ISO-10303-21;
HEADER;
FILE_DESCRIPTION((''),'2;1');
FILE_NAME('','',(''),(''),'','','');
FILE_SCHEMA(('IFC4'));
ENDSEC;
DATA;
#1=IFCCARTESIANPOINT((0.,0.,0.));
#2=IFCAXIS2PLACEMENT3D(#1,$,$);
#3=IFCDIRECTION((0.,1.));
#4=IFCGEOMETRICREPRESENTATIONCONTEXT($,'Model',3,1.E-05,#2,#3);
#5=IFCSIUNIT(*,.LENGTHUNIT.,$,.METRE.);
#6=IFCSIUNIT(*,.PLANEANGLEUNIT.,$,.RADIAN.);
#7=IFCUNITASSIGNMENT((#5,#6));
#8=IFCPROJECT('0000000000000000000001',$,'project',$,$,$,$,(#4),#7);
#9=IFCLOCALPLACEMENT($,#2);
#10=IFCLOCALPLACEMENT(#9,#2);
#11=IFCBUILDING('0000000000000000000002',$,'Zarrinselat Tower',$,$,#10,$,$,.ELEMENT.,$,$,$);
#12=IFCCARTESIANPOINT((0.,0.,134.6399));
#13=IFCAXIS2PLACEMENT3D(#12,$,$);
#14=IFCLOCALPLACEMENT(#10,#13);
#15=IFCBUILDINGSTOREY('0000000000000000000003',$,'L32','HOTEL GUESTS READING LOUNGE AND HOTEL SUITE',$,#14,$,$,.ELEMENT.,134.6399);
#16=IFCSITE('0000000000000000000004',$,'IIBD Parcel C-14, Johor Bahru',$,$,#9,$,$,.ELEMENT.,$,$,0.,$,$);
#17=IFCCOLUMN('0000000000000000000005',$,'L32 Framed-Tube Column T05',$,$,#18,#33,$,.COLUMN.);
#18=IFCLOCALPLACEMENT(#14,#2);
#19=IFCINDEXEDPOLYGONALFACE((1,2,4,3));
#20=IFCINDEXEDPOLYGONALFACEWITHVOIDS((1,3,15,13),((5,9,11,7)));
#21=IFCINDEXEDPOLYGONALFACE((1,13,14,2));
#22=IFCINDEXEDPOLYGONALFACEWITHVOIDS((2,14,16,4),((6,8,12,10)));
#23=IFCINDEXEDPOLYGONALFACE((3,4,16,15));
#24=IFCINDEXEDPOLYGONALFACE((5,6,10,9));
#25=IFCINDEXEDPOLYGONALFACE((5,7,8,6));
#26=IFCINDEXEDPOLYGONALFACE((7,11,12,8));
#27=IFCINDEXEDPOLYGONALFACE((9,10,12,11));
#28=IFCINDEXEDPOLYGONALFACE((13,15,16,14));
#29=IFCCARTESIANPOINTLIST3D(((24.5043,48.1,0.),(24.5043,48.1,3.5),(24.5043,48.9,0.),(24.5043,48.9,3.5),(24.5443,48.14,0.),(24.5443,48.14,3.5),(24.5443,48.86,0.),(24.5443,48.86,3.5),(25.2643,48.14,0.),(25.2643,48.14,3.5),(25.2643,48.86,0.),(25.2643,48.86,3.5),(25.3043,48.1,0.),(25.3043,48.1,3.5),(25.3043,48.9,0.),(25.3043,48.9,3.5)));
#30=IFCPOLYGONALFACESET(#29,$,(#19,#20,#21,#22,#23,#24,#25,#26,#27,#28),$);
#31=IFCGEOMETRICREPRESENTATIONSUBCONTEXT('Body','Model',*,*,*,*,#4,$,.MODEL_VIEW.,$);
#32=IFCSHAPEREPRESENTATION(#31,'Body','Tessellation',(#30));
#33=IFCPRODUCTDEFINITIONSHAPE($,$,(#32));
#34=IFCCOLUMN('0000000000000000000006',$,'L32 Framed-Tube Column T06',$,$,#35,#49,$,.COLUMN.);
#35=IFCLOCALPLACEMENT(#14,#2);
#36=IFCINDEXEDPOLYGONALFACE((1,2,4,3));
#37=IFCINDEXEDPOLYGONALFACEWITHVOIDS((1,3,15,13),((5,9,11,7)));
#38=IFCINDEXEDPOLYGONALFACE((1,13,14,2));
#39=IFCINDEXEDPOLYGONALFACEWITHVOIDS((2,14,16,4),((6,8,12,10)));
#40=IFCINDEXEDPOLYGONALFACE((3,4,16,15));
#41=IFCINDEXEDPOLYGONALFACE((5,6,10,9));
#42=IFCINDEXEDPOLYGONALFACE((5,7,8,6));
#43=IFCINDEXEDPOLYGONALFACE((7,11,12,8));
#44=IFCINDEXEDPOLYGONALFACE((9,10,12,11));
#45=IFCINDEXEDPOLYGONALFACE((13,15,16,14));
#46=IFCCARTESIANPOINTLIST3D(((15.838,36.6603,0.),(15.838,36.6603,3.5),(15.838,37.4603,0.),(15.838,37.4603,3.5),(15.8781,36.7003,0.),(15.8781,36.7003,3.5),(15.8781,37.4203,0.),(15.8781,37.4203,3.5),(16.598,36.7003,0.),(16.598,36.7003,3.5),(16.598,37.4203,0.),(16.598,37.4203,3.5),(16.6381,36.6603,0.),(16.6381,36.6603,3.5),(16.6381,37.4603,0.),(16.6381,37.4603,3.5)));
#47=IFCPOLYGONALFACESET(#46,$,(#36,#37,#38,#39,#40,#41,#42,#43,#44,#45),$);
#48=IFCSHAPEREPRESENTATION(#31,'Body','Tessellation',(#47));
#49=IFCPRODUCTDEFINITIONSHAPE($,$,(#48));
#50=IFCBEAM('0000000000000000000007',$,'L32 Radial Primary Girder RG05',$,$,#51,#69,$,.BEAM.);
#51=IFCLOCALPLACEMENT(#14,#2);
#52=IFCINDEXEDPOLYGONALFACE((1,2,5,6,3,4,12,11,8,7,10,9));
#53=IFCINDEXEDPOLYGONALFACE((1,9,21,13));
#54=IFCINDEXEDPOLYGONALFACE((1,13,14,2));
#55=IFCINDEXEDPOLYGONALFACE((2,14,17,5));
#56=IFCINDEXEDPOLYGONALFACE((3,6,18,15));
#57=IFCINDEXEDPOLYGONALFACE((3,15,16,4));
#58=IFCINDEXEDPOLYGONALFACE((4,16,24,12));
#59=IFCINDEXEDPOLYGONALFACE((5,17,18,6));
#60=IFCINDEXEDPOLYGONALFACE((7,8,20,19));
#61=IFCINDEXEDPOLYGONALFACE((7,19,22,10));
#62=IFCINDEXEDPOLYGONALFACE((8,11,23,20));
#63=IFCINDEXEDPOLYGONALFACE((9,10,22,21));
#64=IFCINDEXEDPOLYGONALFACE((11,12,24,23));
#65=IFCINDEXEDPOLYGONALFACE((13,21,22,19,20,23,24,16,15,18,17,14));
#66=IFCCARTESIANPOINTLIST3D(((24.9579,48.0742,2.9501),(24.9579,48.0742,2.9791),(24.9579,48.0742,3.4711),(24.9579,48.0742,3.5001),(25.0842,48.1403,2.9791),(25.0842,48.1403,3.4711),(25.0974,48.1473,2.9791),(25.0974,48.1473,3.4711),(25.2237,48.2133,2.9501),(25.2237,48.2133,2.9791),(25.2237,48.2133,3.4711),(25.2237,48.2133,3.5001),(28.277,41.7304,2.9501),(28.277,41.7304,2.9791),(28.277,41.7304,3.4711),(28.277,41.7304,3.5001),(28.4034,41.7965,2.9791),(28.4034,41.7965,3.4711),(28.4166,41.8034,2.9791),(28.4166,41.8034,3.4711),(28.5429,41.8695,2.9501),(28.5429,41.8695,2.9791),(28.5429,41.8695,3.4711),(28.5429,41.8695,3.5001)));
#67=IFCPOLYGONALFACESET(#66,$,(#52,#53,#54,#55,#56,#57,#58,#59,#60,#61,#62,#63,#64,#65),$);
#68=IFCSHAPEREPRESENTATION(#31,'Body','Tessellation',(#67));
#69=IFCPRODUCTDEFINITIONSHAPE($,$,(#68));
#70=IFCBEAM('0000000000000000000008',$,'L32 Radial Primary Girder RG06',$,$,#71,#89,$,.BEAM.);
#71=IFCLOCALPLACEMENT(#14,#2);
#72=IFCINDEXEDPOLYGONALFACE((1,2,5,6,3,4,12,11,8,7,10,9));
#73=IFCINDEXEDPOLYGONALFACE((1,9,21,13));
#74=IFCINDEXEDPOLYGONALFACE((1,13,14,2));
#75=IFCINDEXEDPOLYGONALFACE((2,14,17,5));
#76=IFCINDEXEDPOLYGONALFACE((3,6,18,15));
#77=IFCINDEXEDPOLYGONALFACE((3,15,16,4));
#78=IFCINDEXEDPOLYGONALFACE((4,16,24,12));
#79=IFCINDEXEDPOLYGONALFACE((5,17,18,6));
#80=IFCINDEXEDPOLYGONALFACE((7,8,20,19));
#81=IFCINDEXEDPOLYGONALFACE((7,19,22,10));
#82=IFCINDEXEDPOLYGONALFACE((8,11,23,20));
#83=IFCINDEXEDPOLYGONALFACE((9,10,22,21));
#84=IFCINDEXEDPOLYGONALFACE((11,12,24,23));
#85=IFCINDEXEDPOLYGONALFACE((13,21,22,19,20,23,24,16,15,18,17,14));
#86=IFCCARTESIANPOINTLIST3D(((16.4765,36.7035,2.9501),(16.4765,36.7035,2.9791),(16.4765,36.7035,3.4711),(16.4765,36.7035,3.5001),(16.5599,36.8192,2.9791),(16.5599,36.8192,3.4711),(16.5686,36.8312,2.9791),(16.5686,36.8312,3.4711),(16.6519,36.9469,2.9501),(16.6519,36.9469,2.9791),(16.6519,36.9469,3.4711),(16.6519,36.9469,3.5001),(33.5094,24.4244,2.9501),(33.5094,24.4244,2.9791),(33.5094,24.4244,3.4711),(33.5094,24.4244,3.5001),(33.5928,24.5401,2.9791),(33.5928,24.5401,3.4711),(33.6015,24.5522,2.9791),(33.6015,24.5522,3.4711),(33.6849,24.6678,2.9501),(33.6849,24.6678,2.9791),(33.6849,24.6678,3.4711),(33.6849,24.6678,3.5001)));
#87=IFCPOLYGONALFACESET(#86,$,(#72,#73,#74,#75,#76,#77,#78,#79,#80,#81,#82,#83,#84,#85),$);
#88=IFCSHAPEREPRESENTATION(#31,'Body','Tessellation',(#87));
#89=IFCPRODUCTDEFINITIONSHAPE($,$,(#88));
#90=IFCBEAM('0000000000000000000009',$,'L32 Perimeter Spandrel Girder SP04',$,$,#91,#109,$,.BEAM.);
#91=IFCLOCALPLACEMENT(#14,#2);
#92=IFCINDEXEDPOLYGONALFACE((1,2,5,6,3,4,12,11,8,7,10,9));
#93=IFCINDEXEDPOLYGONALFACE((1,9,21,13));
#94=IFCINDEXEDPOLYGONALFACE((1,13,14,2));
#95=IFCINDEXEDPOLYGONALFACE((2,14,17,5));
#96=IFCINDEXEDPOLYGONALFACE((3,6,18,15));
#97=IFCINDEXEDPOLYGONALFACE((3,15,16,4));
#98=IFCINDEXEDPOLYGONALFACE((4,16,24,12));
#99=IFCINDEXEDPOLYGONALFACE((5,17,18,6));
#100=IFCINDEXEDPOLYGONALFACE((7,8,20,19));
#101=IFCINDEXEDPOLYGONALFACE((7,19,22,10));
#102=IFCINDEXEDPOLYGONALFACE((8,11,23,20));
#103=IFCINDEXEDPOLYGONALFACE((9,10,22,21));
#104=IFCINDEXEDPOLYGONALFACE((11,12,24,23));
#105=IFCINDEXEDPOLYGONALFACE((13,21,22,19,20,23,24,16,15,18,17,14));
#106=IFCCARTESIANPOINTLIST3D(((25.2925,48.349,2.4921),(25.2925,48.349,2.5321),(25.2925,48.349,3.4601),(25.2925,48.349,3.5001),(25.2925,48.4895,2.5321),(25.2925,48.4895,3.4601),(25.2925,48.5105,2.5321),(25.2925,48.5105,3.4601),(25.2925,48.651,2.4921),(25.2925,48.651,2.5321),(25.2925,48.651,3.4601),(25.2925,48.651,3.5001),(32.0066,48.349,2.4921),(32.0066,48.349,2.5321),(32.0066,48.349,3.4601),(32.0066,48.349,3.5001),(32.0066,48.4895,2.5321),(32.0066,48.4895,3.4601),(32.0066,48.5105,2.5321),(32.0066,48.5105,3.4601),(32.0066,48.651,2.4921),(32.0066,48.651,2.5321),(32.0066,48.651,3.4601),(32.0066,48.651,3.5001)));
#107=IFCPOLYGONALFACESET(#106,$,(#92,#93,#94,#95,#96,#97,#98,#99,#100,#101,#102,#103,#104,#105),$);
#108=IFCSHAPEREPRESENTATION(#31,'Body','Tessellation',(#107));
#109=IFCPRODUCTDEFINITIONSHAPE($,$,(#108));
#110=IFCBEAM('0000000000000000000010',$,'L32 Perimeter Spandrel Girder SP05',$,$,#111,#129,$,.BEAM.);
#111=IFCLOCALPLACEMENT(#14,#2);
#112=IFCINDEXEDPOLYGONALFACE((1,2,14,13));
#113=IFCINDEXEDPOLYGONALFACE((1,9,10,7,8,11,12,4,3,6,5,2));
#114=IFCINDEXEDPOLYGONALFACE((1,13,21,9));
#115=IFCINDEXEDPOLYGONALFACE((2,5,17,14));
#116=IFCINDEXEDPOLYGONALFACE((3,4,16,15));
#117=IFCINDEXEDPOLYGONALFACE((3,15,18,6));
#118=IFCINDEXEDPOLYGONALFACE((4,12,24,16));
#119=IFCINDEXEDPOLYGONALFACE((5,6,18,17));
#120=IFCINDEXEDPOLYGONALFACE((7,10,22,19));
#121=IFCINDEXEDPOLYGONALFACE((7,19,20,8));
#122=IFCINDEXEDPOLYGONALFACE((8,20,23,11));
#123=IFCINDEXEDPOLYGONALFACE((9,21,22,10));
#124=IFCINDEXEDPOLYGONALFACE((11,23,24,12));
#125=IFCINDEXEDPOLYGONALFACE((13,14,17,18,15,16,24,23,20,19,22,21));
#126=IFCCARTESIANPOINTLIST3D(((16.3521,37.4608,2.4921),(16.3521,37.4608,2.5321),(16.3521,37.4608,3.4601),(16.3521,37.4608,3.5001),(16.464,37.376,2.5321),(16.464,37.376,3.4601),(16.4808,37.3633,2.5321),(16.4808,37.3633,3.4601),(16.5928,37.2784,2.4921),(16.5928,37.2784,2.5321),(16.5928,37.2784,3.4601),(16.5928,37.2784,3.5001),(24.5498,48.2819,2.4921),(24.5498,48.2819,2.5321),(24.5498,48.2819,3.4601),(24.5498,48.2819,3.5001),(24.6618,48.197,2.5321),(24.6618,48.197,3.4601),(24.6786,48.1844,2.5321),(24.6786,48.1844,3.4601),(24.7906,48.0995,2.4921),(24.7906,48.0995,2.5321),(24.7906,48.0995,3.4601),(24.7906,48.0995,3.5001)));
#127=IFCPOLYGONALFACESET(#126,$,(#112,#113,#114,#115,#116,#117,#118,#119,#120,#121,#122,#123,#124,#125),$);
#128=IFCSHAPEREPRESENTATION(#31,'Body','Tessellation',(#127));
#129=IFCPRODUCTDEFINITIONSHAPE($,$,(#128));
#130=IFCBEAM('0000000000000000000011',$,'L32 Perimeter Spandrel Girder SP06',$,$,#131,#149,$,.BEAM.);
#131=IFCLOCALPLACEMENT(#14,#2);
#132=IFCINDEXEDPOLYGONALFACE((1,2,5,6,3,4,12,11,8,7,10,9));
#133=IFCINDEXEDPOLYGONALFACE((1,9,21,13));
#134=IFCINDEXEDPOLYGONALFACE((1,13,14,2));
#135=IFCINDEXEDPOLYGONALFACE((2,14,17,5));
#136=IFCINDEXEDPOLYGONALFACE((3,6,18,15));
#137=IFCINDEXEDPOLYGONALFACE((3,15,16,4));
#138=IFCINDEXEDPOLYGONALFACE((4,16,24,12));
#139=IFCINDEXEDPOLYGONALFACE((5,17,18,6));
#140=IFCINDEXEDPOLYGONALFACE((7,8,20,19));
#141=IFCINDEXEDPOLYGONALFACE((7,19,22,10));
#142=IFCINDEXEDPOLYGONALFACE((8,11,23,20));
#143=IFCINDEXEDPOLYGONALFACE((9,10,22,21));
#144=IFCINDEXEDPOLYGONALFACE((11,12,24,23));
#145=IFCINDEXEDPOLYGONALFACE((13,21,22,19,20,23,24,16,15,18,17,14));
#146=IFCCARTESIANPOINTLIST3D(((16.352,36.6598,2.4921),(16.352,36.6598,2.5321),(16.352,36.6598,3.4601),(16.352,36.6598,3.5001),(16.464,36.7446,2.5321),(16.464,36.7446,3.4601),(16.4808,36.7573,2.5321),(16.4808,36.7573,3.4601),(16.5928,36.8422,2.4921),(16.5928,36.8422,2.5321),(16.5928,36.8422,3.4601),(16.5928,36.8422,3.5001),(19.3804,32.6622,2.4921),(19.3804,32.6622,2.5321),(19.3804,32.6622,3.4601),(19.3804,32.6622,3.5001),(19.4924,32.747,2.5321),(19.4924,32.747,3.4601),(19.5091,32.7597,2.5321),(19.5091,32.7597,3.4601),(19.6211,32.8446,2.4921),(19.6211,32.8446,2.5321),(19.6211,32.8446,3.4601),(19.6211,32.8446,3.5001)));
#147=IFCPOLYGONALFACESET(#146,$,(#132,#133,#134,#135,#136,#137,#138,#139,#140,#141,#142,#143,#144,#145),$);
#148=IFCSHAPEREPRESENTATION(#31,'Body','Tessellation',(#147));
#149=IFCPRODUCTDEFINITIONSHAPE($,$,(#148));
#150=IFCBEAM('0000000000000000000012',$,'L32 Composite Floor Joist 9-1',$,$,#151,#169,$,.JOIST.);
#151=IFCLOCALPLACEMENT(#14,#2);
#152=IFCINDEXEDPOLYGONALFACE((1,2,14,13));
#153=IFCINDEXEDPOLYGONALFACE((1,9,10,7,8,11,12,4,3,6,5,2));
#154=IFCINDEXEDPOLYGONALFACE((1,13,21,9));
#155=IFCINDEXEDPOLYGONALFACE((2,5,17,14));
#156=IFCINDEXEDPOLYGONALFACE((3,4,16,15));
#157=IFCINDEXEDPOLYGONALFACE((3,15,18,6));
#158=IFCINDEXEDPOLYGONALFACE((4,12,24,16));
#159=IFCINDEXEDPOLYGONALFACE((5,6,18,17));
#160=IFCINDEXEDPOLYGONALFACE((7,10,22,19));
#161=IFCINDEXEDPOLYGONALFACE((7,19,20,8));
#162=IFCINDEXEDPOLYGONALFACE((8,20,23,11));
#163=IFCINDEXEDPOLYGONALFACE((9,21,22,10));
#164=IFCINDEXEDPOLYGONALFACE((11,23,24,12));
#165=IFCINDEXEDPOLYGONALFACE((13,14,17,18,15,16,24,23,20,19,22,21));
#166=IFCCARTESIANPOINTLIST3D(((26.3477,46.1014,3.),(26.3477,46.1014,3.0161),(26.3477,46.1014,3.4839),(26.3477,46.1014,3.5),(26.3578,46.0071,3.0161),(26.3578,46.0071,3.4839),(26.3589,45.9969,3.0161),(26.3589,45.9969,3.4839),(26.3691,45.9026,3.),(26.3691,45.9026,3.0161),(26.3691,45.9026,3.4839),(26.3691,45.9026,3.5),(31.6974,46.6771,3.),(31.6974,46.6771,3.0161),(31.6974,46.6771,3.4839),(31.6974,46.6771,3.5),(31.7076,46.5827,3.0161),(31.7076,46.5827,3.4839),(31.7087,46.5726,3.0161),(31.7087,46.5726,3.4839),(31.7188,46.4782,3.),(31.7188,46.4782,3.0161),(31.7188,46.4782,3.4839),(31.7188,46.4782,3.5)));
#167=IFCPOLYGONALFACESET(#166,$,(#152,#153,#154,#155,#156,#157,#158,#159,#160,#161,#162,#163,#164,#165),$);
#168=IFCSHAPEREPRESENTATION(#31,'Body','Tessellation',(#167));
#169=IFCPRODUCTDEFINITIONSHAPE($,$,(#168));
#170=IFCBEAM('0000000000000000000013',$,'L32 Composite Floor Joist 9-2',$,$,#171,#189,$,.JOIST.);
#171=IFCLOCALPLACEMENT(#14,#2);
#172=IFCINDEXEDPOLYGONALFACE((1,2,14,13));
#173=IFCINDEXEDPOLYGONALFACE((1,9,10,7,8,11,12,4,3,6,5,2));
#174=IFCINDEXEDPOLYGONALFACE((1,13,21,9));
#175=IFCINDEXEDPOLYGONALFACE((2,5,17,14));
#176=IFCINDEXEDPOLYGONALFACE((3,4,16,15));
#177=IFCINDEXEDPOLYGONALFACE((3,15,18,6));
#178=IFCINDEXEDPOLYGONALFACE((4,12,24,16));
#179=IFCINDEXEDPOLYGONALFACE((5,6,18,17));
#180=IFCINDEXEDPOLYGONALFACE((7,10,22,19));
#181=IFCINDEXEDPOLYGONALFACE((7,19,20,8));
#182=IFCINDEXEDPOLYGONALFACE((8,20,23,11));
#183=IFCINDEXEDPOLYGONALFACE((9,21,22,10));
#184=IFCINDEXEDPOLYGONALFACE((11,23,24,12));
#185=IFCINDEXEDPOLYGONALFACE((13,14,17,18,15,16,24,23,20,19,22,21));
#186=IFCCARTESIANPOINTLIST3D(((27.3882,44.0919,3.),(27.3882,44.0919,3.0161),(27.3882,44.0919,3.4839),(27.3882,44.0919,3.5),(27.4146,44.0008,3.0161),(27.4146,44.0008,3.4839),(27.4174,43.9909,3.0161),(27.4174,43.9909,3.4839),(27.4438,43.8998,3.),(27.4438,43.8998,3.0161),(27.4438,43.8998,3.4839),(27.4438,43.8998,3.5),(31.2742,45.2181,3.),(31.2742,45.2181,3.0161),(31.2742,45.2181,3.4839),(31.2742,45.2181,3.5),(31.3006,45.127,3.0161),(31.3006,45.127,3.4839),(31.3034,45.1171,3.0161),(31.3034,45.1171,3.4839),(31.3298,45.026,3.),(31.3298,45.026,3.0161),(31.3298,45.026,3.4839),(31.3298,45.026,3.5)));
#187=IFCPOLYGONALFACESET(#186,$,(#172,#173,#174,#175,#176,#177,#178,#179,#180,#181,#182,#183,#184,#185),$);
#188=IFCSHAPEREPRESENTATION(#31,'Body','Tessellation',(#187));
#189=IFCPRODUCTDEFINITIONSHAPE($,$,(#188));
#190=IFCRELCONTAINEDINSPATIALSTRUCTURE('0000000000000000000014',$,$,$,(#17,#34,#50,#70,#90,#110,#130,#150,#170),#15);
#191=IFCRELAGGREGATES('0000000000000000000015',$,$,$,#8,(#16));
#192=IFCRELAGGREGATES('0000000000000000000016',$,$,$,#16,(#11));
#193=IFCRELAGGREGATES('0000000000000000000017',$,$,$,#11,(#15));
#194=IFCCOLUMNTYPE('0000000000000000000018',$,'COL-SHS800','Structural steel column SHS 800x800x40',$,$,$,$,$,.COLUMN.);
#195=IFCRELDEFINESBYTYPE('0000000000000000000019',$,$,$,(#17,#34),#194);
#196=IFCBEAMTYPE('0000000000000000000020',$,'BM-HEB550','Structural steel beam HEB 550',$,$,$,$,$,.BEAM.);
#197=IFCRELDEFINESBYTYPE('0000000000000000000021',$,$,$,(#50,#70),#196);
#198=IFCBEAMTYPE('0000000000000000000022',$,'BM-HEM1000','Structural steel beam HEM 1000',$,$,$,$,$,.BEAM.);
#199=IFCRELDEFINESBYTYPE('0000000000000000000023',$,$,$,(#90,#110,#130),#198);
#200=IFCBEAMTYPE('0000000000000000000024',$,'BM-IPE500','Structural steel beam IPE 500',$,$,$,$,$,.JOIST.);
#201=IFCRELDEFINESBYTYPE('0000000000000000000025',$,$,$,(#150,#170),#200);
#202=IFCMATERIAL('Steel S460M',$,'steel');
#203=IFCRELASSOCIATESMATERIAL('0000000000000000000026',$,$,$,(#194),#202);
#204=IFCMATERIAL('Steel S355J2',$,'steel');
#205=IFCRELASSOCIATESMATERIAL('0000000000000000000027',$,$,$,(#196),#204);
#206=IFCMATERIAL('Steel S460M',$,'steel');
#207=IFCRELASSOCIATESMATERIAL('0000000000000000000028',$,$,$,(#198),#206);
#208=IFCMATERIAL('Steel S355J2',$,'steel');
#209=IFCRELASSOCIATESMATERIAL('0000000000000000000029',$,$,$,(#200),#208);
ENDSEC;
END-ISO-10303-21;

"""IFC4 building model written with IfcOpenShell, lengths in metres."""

from ifc_helpers import new_model, si_unit, direction, frame, origin, origin_2d, place, context, subcontext, project, spatial, hollow_rectangle, i_section, extrude, material, material_profile, profile_set, type_object, element, save


model = new_model("IFC4")

# Units and contexts
model_context = context("Model", 3, precision=1e-05, world=origin(), true_north=direction((0.0, 1.0)))
body_context = subcontext(model_context, "Body", "Model", "MODEL_VIEW")
ifc_project = project(units=[si_unit("LENGTHUNIT", "METRE"), si_unit("PLANEANGLEUNIT", "RADIAN")], contexts=[model_context])

# Site, building, storey
site_placement = place(None, origin())
site = spatial("IfcSite", under=ifc_project, at=site_placement, Name="IIBD Parcel C-14, Johor Bahru", CompositionType="ELEMENT", RefElevation=0.0)
building_placement = place(site_placement, origin())
building = spatial("IfcBuilding", under=site, at=building_placement, Name="Zarrinselat Tower", CompositionType="ELEMENT")
storey_placement = place(building_placement, frame((0.0, 0.0, 134.6399)))
storey = spatial("IfcBuildingStorey", under=building, at=storey_placement, Name="L32", Description="HOTEL GUESTS READING LOUNGE AND HOTEL SUITE", CompositionType="ELEMENT", Elevation=134.6399)

# Columns
ifc_material_1 = material(Name="Steel S460M", Category="steel")
ifc_material_profile_1 = material_profile(ifc_material_1, hollow_rectangle(XDim=0.8, YDim=0.8, WallThickness=0.04, at=origin_2d()), Name="SHS 800x800x40")
ifc_profile_set_1 = profile_set([ifc_material_profile_1], Name="Steel S460M")
column_type = type_object("IfcColumnType", Name="COL-SHS800", Description="Structural steel column SHS 800x800x40", PredefinedType="COLUMN", material=ifc_profile_set_1)
for number, where, z_axis, x_axis, name in (
    (1, (24.9043, 48.5, 0.0), (0.0, 0.0, 1.0), (1.0, 0.0, 0.0), "L32 Framed-Tube Column T05"),
    (2, (16.238, 37.0603, 0.0), (0.0, 0.0, 1.0), (1.0, 0.0, 0.0), "L32 Framed-Tube Column T06"),
):
    element("IfcColumn", number, at=place(storey_placement, frame(where, z_axis=z_axis, x_axis=x_axis)), inside=storey, type_object=column_type, Name=name, PredefinedType="COLUMN", context=body_context, shape_type="SweptSolid", body=[
        extrude(hollow_rectangle(XDim=0.8, YDim=0.8, WallThickness=0.04, at=origin_2d()), origin(), (0.0, 0.0, 1.0), 3.5),
    ])

# Beams
ifc_material_2 = material(Name="Steel S355J2", Category="steel")
ifc_material_profile_2 = material_profile(ifc_material_2, i_section(OverallWidth=0.3, OverallDepth=0.55, WebThickness=0.0149, FlangeThickness=0.0291, at=origin_2d()), Name="HEB 550")
ifc_profile_set_2 = profile_set([ifc_material_profile_2], Name="Steel S355J2")
beam_type_1 = type_object("IfcBeamType", Name="BM-HEB550", Description="Structural steel beam HEB 550", PredefinedType="BEAM", material=ifc_profile_set_2)
beam_1_placement = place(storey_placement, frame((25.0908, 48.1438, 3.2251), z_axis=(0.463588, -0.886051, 0.0), x_axis=(0.886051, 0.463588, 0.0)))
element("IfcBeam", 3, at=beam_1_placement, inside=storey, type_object=beam_type_1, Name="L32 Radial Primary Girder RG05", PredefinedType="BEAM", context=body_context, shape_type="SweptSolid", body=[
    extrude(i_section(OverallWidth=0.3, OverallDepth=0.55, WebThickness=0.0149, FlangeThickness=0.0291, at=origin_2d()), origin(), (0.0, 0.0, 1.0), 7.1597),
])
beam_2_placement = place(storey_placement, frame((16.5642, 36.8252, 3.2251), z_axis=(0.811188, -0.584785, 0.0), x_axis=(0.584785, 0.811188, 0.0)))
element("IfcBeam", 4, at=beam_2_placement, inside=storey, type_object=beam_type_1, Name="L32 Radial Primary Girder RG06", PredefinedType="BEAM", context=body_context, shape_type="SweptSolid", body=[
    extrude(i_section(OverallWidth=0.3, OverallDepth=0.55, WebThickness=0.0149, FlangeThickness=0.0291, at=origin_2d()), origin(), (0.0, 0.0, 1.0), 20.9976),
])
ifc_material_3 = material(Name="Steel S460M", Category="steel")
ifc_material_profile_3 = material_profile(ifc_material_3, i_section(OverallWidth=0.302, OverallDepth=1.0081, WebThickness=0.021, FlangeThickness=0.04, at=origin_2d()), Name="HEM 1000")
ifc_profile_set_3 = profile_set([ifc_material_profile_3], Name="Steel S460M")
beam_type_2 = type_object("IfcBeamType", Name="BM-HEM1000", Description="Structural steel beam HEM 1000", PredefinedType="BEAM", material=ifc_profile_set_3)
beam_3_placement = place(storey_placement, frame((25.2925, 48.5, 2.9961), z_axis=(1.0, 0.0, 0.0), x_axis=(0.0, 1.0, 0.0)))
element("IfcBeam", 5, at=beam_3_placement, inside=storey, type_object=beam_type_2, Name="L32 Perimeter Spandrel Girder SP04", PredefinedType="BEAM", context=body_context, shape_type="SweptSolid", body=[
    extrude(i_section(OverallWidth=0.302, OverallDepth=1.0081, WebThickness=0.021, FlangeThickness=0.04, at=origin_2d()), origin(), (0.0, 0.0, 1.0), 6.7141),
])
beam_4_placement = place(storey_placement, frame((16.4724, 37.3696, 2.9961), z_axis=(0.603857, 0.797092, 0.0), x_axis=(-0.797092, 0.603857, 0.0)))
element("IfcBeam", 6, at=beam_4_placement, inside=storey, type_object=beam_type_2, Name="L32 Perimeter Spandrel Girder SP05", PredefinedType="BEAM", context=body_context, shape_type="SweptSolid", body=[
    extrude(i_section(OverallWidth=0.302, OverallDepth=1.0081, WebThickness=0.021, FlangeThickness=0.04, at=origin_2d()), origin(), (0.0, 0.0, 1.0), 13.5757),
])
beam_5_placement = place(storey_placement, frame((16.4724, 36.751, 2.9961), z_axis=(0.603841, -0.797105, 0.0), x_axis=(0.797105, 0.603841, 0.0)))
element("IfcBeam", 7, at=beam_5_placement, inside=storey, type_object=beam_type_2, Name="L32 Perimeter Spandrel Girder SP06", PredefinedType="BEAM", context=body_context, shape_type="SweptSolid", body=[
    extrude(i_section(OverallWidth=0.302, OverallDepth=1.0081, WebThickness=0.021, FlangeThickness=0.04, at=origin_2d()), origin(), (0.0, 0.0, 1.0), 5.0151),
])
ifc_material_4 = material(Name="Steel S355J2", Category="steel")
ifc_material_profile_4 = material_profile(ifc_material_4, i_section(OverallWidth=0.2, OverallDepth=0.5, WebThickness=0.0103, FlangeThickness=0.0161, at=origin_2d()), Name="IPE 500")
ifc_profile_set_4 = profile_set([ifc_material_profile_4], Name="Steel S355J2")
beam_type_3 = type_object("IfcBeamType", Name="BM-IPE500", Description="Structural steel beam IPE 500", PredefinedType="JOIST", material=ifc_profile_set_4)
beam_6_placement = place(storey_placement, frame((26.3584, 46.002, 3.25), z_axis=(0.99426, 0.106995, 0.0), x_axis=(-0.106995, 0.99426, 0.0)))
element("IfcBeam", 8, at=beam_6_placement, inside=storey, type_object=beam_type_3, Name="L32 Composite Floor Joist 9-1", PredefinedType="JOIST", context=body_context, shape_type="SweptSolid", body=[
    extrude(i_section(OverallWidth=0.2, OverallDepth=0.5, WebThickness=0.0103, FlangeThickness=0.0161, at=origin_2d()), origin(), (0.0, 0.0, 1.0), 5.3806),
])
beam_7_placement = place(storey_placement, frame((27.416, 43.9958, 3.25), z_axis=(0.960476, 0.278361, 0.0), x_axis=(-0.278361, 0.960476, 0.0)))
element("IfcBeam", 9, at=beam_7_placement, inside=storey, type_object=beam_type_3, Name="L32 Composite Floor Joist 9-2", PredefinedType="JOIST", context=body_context, shape_type="SweptSolid", body=[
    extrude(i_section(OverallWidth=0.2, OverallDepth=0.5, WebThickness=0.0103, FlangeThickness=0.0161, at=origin_2d()), origin(), (0.0, 0.0, 1.0), 4.0459),
])

save(model, "model.ifc")
